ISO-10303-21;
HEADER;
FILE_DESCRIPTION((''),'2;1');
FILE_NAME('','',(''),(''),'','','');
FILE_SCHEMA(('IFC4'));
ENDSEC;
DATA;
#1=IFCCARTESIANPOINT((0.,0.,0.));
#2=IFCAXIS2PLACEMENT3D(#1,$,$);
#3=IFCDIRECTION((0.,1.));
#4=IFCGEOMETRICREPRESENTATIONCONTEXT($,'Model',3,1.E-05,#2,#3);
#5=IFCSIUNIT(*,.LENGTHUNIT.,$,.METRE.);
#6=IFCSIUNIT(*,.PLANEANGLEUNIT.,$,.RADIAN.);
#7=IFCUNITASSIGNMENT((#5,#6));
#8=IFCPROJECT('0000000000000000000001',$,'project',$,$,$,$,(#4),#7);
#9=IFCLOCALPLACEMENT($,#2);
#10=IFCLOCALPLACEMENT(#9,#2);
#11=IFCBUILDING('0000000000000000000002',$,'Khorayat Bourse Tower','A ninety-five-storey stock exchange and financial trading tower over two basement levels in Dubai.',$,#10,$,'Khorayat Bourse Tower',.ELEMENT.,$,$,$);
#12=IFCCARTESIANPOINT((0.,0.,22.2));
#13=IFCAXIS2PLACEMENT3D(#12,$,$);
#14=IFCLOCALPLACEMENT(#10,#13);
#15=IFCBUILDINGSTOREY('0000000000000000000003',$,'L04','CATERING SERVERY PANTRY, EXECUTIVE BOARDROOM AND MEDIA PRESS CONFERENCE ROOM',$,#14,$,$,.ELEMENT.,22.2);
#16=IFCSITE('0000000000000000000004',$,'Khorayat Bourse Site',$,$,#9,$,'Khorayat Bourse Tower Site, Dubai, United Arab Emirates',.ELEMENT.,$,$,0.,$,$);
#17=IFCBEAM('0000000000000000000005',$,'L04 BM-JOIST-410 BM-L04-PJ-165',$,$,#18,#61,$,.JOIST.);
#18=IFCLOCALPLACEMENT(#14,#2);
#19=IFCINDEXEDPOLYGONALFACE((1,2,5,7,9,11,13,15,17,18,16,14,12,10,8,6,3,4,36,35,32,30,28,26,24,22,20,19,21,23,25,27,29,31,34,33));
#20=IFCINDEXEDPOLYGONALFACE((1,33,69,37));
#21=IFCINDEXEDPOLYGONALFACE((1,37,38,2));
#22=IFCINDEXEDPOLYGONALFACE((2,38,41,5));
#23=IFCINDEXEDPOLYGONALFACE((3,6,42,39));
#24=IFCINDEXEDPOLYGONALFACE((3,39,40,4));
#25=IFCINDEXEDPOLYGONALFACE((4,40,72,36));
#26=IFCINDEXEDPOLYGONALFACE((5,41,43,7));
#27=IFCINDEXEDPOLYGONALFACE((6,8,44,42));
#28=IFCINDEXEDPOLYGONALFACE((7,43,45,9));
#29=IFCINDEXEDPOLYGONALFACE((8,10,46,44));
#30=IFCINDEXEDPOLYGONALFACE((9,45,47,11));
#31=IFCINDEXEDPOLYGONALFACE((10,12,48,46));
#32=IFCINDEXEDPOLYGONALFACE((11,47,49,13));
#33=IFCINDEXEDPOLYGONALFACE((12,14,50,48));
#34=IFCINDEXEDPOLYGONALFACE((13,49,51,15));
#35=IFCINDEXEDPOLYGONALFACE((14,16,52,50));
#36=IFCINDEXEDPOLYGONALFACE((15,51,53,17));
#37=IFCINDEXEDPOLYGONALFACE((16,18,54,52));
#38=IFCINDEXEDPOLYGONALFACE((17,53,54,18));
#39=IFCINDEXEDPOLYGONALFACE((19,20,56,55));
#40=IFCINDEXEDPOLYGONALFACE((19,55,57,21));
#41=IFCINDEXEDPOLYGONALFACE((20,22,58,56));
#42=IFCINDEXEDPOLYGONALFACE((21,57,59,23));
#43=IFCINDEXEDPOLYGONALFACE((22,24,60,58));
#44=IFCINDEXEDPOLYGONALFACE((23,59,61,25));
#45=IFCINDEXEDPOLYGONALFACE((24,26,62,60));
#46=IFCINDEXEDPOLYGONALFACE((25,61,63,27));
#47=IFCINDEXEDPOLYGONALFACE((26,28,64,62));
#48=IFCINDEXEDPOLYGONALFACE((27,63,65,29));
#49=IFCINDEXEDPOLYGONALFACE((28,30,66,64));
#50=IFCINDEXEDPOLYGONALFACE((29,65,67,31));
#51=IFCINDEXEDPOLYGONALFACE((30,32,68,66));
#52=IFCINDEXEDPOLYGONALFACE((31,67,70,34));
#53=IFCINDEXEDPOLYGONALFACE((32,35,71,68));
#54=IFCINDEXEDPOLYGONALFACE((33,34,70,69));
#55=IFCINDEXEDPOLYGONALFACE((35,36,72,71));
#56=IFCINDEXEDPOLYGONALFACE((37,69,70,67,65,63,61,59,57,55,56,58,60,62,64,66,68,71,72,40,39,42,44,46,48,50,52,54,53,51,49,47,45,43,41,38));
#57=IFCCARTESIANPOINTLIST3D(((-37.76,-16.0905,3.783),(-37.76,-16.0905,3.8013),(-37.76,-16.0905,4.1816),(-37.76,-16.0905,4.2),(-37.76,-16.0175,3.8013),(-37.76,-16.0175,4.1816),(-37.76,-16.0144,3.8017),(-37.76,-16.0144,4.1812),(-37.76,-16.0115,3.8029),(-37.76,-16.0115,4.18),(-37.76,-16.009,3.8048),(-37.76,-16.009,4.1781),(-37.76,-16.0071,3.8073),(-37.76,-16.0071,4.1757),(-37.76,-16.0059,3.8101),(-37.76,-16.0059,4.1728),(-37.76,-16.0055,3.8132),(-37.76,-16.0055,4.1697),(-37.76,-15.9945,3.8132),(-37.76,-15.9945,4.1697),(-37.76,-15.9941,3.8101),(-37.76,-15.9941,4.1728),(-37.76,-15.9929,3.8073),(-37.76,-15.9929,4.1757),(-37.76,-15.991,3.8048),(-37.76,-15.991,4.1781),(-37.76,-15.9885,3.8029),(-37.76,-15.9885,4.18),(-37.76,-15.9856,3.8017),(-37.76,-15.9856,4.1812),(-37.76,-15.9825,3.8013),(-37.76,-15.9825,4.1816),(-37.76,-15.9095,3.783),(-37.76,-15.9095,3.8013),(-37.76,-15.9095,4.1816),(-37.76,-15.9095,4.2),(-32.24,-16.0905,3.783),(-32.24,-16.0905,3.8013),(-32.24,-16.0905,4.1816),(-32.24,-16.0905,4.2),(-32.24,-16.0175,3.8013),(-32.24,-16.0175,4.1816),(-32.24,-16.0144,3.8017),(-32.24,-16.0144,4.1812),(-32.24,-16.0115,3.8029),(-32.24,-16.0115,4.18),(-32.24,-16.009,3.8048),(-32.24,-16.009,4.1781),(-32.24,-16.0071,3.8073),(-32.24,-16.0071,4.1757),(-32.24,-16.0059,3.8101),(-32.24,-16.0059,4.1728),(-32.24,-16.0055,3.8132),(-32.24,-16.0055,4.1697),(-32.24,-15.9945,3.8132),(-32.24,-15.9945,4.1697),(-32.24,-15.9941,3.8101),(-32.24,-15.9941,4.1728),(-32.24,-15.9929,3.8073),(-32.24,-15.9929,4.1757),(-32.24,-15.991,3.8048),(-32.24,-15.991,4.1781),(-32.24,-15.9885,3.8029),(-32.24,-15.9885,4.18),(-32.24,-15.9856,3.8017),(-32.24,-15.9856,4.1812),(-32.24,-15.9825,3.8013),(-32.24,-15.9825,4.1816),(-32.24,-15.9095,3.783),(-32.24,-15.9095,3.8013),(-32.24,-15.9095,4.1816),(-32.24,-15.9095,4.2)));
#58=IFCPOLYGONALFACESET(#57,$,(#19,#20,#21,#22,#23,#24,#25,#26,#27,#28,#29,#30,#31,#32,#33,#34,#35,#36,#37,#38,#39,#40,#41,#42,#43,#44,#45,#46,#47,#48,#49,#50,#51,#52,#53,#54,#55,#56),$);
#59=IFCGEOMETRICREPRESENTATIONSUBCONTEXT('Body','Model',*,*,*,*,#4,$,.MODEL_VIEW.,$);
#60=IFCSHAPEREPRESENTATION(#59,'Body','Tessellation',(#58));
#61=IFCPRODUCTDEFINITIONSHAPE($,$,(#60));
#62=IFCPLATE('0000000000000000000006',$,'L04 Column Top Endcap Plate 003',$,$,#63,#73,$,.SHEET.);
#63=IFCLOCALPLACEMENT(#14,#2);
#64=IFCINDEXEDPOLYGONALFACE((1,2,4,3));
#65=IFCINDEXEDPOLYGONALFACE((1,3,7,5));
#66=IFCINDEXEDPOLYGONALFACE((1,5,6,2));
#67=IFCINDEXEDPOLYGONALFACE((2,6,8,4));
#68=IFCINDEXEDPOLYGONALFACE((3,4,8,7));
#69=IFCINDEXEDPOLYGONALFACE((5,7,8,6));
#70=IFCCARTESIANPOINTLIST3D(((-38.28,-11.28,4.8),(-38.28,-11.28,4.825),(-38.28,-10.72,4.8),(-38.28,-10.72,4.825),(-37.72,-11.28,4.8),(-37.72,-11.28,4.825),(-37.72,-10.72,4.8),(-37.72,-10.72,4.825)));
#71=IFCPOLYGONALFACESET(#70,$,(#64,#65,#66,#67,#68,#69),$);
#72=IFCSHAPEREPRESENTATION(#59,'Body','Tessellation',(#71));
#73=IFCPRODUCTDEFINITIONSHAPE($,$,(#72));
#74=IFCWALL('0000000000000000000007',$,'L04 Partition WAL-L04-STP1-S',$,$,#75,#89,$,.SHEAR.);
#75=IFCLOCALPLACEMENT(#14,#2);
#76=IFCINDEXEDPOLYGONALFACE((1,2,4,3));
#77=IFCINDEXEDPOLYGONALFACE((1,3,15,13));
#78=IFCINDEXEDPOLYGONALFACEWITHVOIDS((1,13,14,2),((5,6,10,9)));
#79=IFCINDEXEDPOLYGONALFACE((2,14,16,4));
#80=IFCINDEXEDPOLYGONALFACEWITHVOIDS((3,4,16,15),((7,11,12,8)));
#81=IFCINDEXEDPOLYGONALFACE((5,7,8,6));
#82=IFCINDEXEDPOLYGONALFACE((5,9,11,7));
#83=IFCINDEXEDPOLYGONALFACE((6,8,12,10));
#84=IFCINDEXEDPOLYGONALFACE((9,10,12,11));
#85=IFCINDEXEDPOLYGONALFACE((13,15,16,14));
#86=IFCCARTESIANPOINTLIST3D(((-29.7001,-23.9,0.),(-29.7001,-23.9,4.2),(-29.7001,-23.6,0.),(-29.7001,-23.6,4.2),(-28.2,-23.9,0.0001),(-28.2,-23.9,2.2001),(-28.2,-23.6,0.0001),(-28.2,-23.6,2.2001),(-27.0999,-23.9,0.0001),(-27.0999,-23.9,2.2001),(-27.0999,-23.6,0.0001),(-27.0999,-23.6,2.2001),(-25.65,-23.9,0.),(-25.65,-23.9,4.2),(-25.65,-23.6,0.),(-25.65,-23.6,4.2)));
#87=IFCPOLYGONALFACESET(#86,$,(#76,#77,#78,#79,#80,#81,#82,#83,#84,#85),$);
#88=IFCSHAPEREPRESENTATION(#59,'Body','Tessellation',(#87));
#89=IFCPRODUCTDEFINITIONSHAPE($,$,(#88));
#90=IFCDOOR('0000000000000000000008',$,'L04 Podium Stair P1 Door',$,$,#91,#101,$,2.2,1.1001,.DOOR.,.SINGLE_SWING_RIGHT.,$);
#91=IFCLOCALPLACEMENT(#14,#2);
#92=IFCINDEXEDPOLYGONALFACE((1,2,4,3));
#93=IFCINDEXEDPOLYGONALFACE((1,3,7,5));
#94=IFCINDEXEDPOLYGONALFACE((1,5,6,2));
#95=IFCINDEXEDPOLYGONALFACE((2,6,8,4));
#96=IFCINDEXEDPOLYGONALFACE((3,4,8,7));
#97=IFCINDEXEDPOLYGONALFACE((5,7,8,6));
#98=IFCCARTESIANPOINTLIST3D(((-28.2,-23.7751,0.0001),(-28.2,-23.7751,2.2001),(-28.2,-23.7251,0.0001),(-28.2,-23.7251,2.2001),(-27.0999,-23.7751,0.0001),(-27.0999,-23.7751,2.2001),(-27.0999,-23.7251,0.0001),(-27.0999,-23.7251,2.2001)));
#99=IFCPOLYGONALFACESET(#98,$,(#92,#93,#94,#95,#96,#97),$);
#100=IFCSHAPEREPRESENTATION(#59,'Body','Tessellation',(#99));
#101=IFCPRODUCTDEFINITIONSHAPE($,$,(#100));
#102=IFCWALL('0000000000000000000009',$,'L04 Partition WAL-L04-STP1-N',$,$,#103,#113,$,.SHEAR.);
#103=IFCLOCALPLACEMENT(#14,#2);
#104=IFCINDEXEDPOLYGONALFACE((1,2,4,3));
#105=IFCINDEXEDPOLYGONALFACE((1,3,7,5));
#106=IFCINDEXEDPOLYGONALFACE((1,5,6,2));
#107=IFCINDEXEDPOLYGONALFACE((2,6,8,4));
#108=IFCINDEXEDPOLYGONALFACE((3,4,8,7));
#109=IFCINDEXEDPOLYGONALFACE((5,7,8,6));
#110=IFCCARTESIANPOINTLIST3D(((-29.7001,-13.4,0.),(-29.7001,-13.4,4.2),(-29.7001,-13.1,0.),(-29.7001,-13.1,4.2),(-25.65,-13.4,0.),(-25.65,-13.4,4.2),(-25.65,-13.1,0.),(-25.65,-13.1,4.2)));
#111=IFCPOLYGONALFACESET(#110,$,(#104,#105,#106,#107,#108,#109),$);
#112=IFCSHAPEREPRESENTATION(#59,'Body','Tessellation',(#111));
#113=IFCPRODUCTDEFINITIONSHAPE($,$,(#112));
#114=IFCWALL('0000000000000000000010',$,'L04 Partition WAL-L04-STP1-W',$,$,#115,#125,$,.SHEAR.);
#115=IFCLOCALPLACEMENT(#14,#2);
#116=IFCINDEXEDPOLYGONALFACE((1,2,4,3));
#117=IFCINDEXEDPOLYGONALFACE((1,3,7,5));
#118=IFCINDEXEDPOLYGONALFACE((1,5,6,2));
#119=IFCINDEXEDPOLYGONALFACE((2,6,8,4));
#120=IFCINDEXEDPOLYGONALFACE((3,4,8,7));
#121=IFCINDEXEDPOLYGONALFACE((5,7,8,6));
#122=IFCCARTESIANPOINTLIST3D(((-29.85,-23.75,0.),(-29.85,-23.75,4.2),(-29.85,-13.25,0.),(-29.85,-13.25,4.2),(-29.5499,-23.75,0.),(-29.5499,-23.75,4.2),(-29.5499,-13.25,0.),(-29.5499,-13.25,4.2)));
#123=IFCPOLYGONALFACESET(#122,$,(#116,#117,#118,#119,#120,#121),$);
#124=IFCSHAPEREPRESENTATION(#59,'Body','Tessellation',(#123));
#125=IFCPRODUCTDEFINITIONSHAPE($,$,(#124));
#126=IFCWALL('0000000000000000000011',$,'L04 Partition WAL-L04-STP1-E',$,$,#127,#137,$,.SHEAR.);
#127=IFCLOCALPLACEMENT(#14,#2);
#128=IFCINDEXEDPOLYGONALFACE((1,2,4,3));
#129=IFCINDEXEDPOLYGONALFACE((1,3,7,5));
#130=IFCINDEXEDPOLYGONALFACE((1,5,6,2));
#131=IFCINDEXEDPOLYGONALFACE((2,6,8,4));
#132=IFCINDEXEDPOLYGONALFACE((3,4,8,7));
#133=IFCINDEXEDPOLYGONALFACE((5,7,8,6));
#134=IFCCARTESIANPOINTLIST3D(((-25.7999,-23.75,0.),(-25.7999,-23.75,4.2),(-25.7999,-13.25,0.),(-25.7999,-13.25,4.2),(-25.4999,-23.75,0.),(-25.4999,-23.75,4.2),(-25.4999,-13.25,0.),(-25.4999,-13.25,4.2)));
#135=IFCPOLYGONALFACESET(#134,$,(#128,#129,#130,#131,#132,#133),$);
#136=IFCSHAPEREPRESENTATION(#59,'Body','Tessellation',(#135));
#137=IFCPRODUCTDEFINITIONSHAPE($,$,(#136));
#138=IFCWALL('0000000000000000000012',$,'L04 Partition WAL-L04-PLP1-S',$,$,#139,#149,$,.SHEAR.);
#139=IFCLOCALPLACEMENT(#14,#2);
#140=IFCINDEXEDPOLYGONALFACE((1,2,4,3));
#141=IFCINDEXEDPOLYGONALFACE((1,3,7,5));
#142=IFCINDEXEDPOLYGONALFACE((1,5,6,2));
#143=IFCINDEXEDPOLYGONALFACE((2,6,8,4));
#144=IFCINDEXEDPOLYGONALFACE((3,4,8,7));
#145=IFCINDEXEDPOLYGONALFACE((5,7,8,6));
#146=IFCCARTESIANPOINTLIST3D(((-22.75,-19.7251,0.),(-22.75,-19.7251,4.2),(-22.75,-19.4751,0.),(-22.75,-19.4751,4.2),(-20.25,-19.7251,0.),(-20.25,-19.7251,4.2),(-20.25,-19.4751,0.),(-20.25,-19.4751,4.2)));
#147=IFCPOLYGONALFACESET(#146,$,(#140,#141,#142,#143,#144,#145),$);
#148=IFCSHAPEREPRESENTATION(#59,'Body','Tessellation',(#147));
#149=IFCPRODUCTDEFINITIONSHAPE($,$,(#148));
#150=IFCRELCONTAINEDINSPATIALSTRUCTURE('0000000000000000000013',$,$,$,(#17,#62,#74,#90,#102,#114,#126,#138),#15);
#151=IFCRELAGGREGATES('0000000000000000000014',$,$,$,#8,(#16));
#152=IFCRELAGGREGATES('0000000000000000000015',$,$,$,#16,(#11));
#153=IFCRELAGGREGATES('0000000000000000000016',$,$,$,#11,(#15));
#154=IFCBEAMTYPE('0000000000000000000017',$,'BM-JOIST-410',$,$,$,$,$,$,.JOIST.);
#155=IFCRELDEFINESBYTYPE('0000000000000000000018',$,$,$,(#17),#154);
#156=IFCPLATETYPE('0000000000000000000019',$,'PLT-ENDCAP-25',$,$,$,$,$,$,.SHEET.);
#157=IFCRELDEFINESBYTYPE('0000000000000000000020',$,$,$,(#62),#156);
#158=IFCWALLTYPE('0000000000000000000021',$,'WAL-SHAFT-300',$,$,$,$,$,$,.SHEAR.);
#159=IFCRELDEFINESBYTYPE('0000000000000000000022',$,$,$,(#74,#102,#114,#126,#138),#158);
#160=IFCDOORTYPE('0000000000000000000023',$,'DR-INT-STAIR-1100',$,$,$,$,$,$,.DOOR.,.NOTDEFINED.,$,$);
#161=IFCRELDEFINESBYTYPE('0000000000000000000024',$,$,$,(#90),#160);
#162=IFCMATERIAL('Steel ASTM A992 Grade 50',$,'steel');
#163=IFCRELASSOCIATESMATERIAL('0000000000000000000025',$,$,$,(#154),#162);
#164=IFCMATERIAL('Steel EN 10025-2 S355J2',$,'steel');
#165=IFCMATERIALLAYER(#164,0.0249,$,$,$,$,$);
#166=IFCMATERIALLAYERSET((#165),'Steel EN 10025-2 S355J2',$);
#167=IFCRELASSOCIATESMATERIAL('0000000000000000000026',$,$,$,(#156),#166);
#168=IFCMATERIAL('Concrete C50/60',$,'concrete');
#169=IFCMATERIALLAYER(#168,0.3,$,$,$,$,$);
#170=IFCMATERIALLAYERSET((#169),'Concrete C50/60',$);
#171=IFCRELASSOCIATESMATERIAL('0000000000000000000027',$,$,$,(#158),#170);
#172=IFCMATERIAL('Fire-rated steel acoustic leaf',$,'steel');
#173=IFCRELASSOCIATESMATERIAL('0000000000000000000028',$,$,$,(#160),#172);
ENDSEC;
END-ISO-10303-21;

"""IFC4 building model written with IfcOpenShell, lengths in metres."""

from ifc_helpers import new_model, si_unit, direction, frame, frame_2d, origin, origin_2d, place, context, subcontext, project, spatial, rectangle, i_section, extrude, source, transform, mapped, material, layer, layer_set, material_profile, profile_set, type_object, element, fill, save


model = new_model("IFC4")

# Units and contexts
model_context = context("Model", 3, precision=1e-05, world=origin(), true_north=direction((0.0, 1.0)))
body_context = subcontext(model_context, "Body", "Model", "MODEL_VIEW")
ifc_project = project(units=[si_unit("LENGTHUNIT", "METRE"), si_unit("PLANEANGLEUNIT", "RADIAN")], contexts=[model_context])

# Site, building, storey
site_placement = place(None, origin())
site = spatial("IfcSite", under=ifc_project, at=site_placement, Name="Khorayat Bourse Site", LongName="Khorayat Bourse Tower Site, Dubai, United Arab Emirates", CompositionType="ELEMENT", RefElevation=0.0)
building_placement = place(site_placement, origin())
building = spatial("IfcBuilding", under=site, at=building_placement, Name="Khorayat Bourse Tower", Description="A ninety-five-storey stock exchange and financial trading tower over two basement levels in Dubai.", LongName="Khorayat Bourse Tower", CompositionType="ELEMENT")
storey_placement = place(building_placement, frame((0.0, 0.0, 22.2)))
storey = spatial("IfcBuildingStorey", under=building, at=storey_placement, Name="L04", Description="CATERING SERVERY PANTRY, EXECUTIVE BOARDROOM AND MEDIA PRESS CONFERENCE ROOM", CompositionType="ELEMENT", Elevation=22.2)

# Shared definitions
ifc_material_1 = material(Name="Steel EN 10025-2 S355J2", Category="steel")

# Beam
ifc_material_2 = material(Name="Steel ASTM A992 Grade 50", Category="steel")
ifc_material_profile_1 = material_profile(ifc_material_2, i_section(OverallWidth=0.1809, OverallDepth=0.417, WebThickness=0.011, FlangeThickness=0.0183, FilletRadius=0.012, at=origin_2d()), Name="W410X85")
ifc_profile_set_1 = profile_set([ifc_material_profile_1], Name="Steel ASTM A992 Grade 50")
beam_type_1 = type_object("IfcBeamType", Name="BM-JOIST-410", PredefinedType="JOIST", material=ifc_profile_set_1)
shared_shape_1 = source(origin(), body_context, "Body", "SweptSolid", [
    extrude(i_section(OverallWidth=0.1809, OverallDepth=0.417, WebThickness=0.011, FlangeThickness=0.0183, FilletRadius=0.012, at=origin_2d()), origin(), (0.0, 0.0, 1.0), 5.52),
])
for number, where, z_axis, x_axis, name in (
    (1, (-37.76, -16.0, 3.9915), (1.0, 0.0, 0.0), (0.0, 1.0, 0.0), "L04 BM-JOIST-410 BM-L04-PJ-165"),
):
    element("IfcBeam", number, at=place(storey_placement, frame(where, z_axis=z_axis, x_axis=x_axis)), inside=storey, type_object=beam_type_1, Name=name, PredefinedType="JOIST", context=body_context, shape_type="MappedRepresentation", body=[
        mapped(shared_shape_1, transform((0.0, 0.0, 0.0), scale=1.0)),
    ])

# Plate
ifc_layer_1 = layer(ifc_material_1, 0.0249)
ifc_layer_set_1 = layer_set([ifc_layer_1], Name="Steel EN 10025-2 S355J2")
plate_type = type_object("IfcPlateType", Name="PLT-ENDCAP-25", PredefinedType="SHEET", material=ifc_layer_set_1)
shared_shape_2 = source(origin(), body_context, "Body", "SweptSolid", [
    extrude(rectangle(XDim=0.5601, YDim=0.5601, at=origin_2d()), origin(), (0.0, 0.0, 1.0), 0.0249),
])
plate_placement = place(storey_placement, frame((-38.0, -11.0, 4.8), z_axis=(0.0, 0.0, 1.0), x_axis=(1.0, 0.0, 0.0)))
element("IfcPlate", 2, at=plate_placement, inside=storey, type_object=plate_type, Name="L04 Column Top Endcap Plate 003", PredefinedType="SHEET", context=body_context, shape_type="MappedRepresentation", body=[
    mapped(shared_shape_2, transform((0.0, 0.0, 0.0), scale=1.0)),
])

# Wall, opening, door
ifc_material_3 = material(Name="Concrete C50/60", Category="concrete")
ifc_layer_2 = layer(ifc_material_3, 0.3)
ifc_layer_set_2 = layer_set([ifc_layer_2], Name="Concrete C50/60")
wall_type_1 = type_object("IfcWallType", Name="WAL-SHAFT-300", PredefinedType="SHEAR", material=ifc_layer_set_2)
shared_shape_3 = source(origin(), body_context, "Body", "SweptSolid", [
    extrude(rectangle(XDim=4.05, YDim=0.3, at=frame_2d((2.0249, 0.0))), origin(), (0.0, 0.0, 1.0), 4.2),
])
wall_1_placement = place(storey_placement, frame((-29.7, -23.75, 0.0), z_axis=(0.0, 0.0, 1.0), x_axis=(1.0, 0.0, 0.0)))
wall_1 = element("IfcWall", 3, at=wall_1_placement, inside=storey, type_object=wall_type_1, Name="L04 Partition WAL-L04-STP1-S", PredefinedType="SHEAR", context=body_context, shape_type="MappedRepresentation", body=[
    mapped(shared_shape_3, transform((0.0, 0.0, 0.0), scale=1.0)),
])
shared_shape_4 = source(origin(), body_context, "Body", "SweptSolid", [
    extrude(rectangle(XDim=1.1001, YDim=2.2, at=frame_2d((0.55, 1.1001))), frame((0.0, 0.1599, 0.0), z_axis=(0.0, -1.0, 0.0), x_axis=(1.0, 0.0, 0.0)), (0.0, 0.0, 1.0), 0.3201),
])
opening_1_placement = place(wall_1_placement, frame((1.5, 0.0, 0.0)))
opening_1 = element("IfcOpeningElement", 4, at=opening_1_placement, cuts=wall_1, PredefinedType="OPENING", context=body_context, shape_type="MappedRepresentation", body=[
    mapped(shared_shape_4, transform((0.0, 0.0, 0.0), scale=1.0)),
])
ifc_material_4 = material(Name="Fire-rated steel acoustic leaf", Category="steel")
door_type_1 = type_object("IfcDoorType", Name="DR-INT-STAIR-1100", OperationType="NOTDEFINED", PredefinedType="DOOR", material=ifc_material_4)
shared_shape_5 = source(origin(), body_context, "Body", "SweptSolid", [
    extrude(rectangle(XDim=1.1001, YDim=2.2, at=frame_2d((0.55, 1.1001))), frame((0.0, 0.0249, 0.0), z_axis=(0.0, -1.0, 0.0), x_axis=(1.0, 0.0, 0.0)), (0.0, 0.0, 1.0), 0.05),
])
door_1_placement = place(opening_1_placement, origin())
door_1 = element("IfcDoor", 5, at=door_1_placement, inside=storey, type_object=door_type_1, Name="L04 Podium Stair P1 Door", OperationType="SINGLE_SWING_RIGHT", OverallHeight=2.2, OverallWidth=1.1001, PredefinedType="DOOR", context=body_context, shape_type="MappedRepresentation", body=[
    mapped(shared_shape_5, transform((0.0, 0.0, 0.0), scale=1.0)),
])
fill(opening_1, door_1)

# Walls
wall_2_placement = place(storey_placement, frame((-29.7, -13.25, 0.0), z_axis=(0.0, 0.0, 1.0), x_axis=(1.0, 0.0, 0.0)))
element("IfcWall", 6, at=wall_2_placement, inside=storey, type_object=wall_type_1, Name="L04 Partition WAL-L04-STP1-N", PredefinedType="SHEAR", context=body_context, shape_type="MappedRepresentation", body=[
    mapped(shared_shape_3, transform((0.0, 0.0, 0.0), scale=1.0)),
])
shared_shape_6 = source(origin(), body_context, "Body", "SweptSolid", [
    extrude(rectangle(XDim=10.5, YDim=0.3, at=frame_2d((5.25, 0.0))), origin(), (0.0, 0.0, 1.0), 4.2),
])
for number, where, z_axis, x_axis, name in (
    (7, (-29.7, -23.75, 0.0), (0.0, 0.0, 1.0), (0.0, 1.0, 0.0), "L04 Partition WAL-L04-STP1-W"),
    (8, (-25.6499, -23.75, 0.0), (0.0, 0.0, 1.0), (0.0, 1.0, 0.0), "L04 Partition WAL-L04-STP1-E"),
):
    element("IfcWall", number, at=place(storey_placement, frame(where, z_axis=z_axis, x_axis=x_axis)), inside=storey, type_object=wall_type_1, Name=name, PredefinedType="SHEAR", context=body_context, shape_type="MappedRepresentation", body=[
        mapped(shared_shape_6, transform((0.0, 0.0, 0.0), scale=1.0)),
    ])
shared_shape_7 = source(origin(), body_context, "Body", "SweptSolid", [
    extrude(rectangle(XDim=2.5, YDim=0.25, at=frame_2d((1.25, 0.0))), origin(), (0.0, 0.0, 1.0), 4.2),
])
wall_3_placement = place(storey_placement, frame((-22.75, -19.6001, 0.0), z_axis=(0.0, 0.0, 1.0), x_axis=(1.0, 0.0, 0.0)))
element("IfcWall", 9, at=wall_3_placement, inside=storey, type_object=wall_type_1, Name="L04 Partition WAL-L04-PLP1-S", PredefinedType="SHEAR", context=body_context, shape_type="MappedRepresentation", body=[
    mapped(shared_shape_7, transform((0.0, 0.0, 0.0), scale=1.0)),
])

save(model, "model.ifc")
